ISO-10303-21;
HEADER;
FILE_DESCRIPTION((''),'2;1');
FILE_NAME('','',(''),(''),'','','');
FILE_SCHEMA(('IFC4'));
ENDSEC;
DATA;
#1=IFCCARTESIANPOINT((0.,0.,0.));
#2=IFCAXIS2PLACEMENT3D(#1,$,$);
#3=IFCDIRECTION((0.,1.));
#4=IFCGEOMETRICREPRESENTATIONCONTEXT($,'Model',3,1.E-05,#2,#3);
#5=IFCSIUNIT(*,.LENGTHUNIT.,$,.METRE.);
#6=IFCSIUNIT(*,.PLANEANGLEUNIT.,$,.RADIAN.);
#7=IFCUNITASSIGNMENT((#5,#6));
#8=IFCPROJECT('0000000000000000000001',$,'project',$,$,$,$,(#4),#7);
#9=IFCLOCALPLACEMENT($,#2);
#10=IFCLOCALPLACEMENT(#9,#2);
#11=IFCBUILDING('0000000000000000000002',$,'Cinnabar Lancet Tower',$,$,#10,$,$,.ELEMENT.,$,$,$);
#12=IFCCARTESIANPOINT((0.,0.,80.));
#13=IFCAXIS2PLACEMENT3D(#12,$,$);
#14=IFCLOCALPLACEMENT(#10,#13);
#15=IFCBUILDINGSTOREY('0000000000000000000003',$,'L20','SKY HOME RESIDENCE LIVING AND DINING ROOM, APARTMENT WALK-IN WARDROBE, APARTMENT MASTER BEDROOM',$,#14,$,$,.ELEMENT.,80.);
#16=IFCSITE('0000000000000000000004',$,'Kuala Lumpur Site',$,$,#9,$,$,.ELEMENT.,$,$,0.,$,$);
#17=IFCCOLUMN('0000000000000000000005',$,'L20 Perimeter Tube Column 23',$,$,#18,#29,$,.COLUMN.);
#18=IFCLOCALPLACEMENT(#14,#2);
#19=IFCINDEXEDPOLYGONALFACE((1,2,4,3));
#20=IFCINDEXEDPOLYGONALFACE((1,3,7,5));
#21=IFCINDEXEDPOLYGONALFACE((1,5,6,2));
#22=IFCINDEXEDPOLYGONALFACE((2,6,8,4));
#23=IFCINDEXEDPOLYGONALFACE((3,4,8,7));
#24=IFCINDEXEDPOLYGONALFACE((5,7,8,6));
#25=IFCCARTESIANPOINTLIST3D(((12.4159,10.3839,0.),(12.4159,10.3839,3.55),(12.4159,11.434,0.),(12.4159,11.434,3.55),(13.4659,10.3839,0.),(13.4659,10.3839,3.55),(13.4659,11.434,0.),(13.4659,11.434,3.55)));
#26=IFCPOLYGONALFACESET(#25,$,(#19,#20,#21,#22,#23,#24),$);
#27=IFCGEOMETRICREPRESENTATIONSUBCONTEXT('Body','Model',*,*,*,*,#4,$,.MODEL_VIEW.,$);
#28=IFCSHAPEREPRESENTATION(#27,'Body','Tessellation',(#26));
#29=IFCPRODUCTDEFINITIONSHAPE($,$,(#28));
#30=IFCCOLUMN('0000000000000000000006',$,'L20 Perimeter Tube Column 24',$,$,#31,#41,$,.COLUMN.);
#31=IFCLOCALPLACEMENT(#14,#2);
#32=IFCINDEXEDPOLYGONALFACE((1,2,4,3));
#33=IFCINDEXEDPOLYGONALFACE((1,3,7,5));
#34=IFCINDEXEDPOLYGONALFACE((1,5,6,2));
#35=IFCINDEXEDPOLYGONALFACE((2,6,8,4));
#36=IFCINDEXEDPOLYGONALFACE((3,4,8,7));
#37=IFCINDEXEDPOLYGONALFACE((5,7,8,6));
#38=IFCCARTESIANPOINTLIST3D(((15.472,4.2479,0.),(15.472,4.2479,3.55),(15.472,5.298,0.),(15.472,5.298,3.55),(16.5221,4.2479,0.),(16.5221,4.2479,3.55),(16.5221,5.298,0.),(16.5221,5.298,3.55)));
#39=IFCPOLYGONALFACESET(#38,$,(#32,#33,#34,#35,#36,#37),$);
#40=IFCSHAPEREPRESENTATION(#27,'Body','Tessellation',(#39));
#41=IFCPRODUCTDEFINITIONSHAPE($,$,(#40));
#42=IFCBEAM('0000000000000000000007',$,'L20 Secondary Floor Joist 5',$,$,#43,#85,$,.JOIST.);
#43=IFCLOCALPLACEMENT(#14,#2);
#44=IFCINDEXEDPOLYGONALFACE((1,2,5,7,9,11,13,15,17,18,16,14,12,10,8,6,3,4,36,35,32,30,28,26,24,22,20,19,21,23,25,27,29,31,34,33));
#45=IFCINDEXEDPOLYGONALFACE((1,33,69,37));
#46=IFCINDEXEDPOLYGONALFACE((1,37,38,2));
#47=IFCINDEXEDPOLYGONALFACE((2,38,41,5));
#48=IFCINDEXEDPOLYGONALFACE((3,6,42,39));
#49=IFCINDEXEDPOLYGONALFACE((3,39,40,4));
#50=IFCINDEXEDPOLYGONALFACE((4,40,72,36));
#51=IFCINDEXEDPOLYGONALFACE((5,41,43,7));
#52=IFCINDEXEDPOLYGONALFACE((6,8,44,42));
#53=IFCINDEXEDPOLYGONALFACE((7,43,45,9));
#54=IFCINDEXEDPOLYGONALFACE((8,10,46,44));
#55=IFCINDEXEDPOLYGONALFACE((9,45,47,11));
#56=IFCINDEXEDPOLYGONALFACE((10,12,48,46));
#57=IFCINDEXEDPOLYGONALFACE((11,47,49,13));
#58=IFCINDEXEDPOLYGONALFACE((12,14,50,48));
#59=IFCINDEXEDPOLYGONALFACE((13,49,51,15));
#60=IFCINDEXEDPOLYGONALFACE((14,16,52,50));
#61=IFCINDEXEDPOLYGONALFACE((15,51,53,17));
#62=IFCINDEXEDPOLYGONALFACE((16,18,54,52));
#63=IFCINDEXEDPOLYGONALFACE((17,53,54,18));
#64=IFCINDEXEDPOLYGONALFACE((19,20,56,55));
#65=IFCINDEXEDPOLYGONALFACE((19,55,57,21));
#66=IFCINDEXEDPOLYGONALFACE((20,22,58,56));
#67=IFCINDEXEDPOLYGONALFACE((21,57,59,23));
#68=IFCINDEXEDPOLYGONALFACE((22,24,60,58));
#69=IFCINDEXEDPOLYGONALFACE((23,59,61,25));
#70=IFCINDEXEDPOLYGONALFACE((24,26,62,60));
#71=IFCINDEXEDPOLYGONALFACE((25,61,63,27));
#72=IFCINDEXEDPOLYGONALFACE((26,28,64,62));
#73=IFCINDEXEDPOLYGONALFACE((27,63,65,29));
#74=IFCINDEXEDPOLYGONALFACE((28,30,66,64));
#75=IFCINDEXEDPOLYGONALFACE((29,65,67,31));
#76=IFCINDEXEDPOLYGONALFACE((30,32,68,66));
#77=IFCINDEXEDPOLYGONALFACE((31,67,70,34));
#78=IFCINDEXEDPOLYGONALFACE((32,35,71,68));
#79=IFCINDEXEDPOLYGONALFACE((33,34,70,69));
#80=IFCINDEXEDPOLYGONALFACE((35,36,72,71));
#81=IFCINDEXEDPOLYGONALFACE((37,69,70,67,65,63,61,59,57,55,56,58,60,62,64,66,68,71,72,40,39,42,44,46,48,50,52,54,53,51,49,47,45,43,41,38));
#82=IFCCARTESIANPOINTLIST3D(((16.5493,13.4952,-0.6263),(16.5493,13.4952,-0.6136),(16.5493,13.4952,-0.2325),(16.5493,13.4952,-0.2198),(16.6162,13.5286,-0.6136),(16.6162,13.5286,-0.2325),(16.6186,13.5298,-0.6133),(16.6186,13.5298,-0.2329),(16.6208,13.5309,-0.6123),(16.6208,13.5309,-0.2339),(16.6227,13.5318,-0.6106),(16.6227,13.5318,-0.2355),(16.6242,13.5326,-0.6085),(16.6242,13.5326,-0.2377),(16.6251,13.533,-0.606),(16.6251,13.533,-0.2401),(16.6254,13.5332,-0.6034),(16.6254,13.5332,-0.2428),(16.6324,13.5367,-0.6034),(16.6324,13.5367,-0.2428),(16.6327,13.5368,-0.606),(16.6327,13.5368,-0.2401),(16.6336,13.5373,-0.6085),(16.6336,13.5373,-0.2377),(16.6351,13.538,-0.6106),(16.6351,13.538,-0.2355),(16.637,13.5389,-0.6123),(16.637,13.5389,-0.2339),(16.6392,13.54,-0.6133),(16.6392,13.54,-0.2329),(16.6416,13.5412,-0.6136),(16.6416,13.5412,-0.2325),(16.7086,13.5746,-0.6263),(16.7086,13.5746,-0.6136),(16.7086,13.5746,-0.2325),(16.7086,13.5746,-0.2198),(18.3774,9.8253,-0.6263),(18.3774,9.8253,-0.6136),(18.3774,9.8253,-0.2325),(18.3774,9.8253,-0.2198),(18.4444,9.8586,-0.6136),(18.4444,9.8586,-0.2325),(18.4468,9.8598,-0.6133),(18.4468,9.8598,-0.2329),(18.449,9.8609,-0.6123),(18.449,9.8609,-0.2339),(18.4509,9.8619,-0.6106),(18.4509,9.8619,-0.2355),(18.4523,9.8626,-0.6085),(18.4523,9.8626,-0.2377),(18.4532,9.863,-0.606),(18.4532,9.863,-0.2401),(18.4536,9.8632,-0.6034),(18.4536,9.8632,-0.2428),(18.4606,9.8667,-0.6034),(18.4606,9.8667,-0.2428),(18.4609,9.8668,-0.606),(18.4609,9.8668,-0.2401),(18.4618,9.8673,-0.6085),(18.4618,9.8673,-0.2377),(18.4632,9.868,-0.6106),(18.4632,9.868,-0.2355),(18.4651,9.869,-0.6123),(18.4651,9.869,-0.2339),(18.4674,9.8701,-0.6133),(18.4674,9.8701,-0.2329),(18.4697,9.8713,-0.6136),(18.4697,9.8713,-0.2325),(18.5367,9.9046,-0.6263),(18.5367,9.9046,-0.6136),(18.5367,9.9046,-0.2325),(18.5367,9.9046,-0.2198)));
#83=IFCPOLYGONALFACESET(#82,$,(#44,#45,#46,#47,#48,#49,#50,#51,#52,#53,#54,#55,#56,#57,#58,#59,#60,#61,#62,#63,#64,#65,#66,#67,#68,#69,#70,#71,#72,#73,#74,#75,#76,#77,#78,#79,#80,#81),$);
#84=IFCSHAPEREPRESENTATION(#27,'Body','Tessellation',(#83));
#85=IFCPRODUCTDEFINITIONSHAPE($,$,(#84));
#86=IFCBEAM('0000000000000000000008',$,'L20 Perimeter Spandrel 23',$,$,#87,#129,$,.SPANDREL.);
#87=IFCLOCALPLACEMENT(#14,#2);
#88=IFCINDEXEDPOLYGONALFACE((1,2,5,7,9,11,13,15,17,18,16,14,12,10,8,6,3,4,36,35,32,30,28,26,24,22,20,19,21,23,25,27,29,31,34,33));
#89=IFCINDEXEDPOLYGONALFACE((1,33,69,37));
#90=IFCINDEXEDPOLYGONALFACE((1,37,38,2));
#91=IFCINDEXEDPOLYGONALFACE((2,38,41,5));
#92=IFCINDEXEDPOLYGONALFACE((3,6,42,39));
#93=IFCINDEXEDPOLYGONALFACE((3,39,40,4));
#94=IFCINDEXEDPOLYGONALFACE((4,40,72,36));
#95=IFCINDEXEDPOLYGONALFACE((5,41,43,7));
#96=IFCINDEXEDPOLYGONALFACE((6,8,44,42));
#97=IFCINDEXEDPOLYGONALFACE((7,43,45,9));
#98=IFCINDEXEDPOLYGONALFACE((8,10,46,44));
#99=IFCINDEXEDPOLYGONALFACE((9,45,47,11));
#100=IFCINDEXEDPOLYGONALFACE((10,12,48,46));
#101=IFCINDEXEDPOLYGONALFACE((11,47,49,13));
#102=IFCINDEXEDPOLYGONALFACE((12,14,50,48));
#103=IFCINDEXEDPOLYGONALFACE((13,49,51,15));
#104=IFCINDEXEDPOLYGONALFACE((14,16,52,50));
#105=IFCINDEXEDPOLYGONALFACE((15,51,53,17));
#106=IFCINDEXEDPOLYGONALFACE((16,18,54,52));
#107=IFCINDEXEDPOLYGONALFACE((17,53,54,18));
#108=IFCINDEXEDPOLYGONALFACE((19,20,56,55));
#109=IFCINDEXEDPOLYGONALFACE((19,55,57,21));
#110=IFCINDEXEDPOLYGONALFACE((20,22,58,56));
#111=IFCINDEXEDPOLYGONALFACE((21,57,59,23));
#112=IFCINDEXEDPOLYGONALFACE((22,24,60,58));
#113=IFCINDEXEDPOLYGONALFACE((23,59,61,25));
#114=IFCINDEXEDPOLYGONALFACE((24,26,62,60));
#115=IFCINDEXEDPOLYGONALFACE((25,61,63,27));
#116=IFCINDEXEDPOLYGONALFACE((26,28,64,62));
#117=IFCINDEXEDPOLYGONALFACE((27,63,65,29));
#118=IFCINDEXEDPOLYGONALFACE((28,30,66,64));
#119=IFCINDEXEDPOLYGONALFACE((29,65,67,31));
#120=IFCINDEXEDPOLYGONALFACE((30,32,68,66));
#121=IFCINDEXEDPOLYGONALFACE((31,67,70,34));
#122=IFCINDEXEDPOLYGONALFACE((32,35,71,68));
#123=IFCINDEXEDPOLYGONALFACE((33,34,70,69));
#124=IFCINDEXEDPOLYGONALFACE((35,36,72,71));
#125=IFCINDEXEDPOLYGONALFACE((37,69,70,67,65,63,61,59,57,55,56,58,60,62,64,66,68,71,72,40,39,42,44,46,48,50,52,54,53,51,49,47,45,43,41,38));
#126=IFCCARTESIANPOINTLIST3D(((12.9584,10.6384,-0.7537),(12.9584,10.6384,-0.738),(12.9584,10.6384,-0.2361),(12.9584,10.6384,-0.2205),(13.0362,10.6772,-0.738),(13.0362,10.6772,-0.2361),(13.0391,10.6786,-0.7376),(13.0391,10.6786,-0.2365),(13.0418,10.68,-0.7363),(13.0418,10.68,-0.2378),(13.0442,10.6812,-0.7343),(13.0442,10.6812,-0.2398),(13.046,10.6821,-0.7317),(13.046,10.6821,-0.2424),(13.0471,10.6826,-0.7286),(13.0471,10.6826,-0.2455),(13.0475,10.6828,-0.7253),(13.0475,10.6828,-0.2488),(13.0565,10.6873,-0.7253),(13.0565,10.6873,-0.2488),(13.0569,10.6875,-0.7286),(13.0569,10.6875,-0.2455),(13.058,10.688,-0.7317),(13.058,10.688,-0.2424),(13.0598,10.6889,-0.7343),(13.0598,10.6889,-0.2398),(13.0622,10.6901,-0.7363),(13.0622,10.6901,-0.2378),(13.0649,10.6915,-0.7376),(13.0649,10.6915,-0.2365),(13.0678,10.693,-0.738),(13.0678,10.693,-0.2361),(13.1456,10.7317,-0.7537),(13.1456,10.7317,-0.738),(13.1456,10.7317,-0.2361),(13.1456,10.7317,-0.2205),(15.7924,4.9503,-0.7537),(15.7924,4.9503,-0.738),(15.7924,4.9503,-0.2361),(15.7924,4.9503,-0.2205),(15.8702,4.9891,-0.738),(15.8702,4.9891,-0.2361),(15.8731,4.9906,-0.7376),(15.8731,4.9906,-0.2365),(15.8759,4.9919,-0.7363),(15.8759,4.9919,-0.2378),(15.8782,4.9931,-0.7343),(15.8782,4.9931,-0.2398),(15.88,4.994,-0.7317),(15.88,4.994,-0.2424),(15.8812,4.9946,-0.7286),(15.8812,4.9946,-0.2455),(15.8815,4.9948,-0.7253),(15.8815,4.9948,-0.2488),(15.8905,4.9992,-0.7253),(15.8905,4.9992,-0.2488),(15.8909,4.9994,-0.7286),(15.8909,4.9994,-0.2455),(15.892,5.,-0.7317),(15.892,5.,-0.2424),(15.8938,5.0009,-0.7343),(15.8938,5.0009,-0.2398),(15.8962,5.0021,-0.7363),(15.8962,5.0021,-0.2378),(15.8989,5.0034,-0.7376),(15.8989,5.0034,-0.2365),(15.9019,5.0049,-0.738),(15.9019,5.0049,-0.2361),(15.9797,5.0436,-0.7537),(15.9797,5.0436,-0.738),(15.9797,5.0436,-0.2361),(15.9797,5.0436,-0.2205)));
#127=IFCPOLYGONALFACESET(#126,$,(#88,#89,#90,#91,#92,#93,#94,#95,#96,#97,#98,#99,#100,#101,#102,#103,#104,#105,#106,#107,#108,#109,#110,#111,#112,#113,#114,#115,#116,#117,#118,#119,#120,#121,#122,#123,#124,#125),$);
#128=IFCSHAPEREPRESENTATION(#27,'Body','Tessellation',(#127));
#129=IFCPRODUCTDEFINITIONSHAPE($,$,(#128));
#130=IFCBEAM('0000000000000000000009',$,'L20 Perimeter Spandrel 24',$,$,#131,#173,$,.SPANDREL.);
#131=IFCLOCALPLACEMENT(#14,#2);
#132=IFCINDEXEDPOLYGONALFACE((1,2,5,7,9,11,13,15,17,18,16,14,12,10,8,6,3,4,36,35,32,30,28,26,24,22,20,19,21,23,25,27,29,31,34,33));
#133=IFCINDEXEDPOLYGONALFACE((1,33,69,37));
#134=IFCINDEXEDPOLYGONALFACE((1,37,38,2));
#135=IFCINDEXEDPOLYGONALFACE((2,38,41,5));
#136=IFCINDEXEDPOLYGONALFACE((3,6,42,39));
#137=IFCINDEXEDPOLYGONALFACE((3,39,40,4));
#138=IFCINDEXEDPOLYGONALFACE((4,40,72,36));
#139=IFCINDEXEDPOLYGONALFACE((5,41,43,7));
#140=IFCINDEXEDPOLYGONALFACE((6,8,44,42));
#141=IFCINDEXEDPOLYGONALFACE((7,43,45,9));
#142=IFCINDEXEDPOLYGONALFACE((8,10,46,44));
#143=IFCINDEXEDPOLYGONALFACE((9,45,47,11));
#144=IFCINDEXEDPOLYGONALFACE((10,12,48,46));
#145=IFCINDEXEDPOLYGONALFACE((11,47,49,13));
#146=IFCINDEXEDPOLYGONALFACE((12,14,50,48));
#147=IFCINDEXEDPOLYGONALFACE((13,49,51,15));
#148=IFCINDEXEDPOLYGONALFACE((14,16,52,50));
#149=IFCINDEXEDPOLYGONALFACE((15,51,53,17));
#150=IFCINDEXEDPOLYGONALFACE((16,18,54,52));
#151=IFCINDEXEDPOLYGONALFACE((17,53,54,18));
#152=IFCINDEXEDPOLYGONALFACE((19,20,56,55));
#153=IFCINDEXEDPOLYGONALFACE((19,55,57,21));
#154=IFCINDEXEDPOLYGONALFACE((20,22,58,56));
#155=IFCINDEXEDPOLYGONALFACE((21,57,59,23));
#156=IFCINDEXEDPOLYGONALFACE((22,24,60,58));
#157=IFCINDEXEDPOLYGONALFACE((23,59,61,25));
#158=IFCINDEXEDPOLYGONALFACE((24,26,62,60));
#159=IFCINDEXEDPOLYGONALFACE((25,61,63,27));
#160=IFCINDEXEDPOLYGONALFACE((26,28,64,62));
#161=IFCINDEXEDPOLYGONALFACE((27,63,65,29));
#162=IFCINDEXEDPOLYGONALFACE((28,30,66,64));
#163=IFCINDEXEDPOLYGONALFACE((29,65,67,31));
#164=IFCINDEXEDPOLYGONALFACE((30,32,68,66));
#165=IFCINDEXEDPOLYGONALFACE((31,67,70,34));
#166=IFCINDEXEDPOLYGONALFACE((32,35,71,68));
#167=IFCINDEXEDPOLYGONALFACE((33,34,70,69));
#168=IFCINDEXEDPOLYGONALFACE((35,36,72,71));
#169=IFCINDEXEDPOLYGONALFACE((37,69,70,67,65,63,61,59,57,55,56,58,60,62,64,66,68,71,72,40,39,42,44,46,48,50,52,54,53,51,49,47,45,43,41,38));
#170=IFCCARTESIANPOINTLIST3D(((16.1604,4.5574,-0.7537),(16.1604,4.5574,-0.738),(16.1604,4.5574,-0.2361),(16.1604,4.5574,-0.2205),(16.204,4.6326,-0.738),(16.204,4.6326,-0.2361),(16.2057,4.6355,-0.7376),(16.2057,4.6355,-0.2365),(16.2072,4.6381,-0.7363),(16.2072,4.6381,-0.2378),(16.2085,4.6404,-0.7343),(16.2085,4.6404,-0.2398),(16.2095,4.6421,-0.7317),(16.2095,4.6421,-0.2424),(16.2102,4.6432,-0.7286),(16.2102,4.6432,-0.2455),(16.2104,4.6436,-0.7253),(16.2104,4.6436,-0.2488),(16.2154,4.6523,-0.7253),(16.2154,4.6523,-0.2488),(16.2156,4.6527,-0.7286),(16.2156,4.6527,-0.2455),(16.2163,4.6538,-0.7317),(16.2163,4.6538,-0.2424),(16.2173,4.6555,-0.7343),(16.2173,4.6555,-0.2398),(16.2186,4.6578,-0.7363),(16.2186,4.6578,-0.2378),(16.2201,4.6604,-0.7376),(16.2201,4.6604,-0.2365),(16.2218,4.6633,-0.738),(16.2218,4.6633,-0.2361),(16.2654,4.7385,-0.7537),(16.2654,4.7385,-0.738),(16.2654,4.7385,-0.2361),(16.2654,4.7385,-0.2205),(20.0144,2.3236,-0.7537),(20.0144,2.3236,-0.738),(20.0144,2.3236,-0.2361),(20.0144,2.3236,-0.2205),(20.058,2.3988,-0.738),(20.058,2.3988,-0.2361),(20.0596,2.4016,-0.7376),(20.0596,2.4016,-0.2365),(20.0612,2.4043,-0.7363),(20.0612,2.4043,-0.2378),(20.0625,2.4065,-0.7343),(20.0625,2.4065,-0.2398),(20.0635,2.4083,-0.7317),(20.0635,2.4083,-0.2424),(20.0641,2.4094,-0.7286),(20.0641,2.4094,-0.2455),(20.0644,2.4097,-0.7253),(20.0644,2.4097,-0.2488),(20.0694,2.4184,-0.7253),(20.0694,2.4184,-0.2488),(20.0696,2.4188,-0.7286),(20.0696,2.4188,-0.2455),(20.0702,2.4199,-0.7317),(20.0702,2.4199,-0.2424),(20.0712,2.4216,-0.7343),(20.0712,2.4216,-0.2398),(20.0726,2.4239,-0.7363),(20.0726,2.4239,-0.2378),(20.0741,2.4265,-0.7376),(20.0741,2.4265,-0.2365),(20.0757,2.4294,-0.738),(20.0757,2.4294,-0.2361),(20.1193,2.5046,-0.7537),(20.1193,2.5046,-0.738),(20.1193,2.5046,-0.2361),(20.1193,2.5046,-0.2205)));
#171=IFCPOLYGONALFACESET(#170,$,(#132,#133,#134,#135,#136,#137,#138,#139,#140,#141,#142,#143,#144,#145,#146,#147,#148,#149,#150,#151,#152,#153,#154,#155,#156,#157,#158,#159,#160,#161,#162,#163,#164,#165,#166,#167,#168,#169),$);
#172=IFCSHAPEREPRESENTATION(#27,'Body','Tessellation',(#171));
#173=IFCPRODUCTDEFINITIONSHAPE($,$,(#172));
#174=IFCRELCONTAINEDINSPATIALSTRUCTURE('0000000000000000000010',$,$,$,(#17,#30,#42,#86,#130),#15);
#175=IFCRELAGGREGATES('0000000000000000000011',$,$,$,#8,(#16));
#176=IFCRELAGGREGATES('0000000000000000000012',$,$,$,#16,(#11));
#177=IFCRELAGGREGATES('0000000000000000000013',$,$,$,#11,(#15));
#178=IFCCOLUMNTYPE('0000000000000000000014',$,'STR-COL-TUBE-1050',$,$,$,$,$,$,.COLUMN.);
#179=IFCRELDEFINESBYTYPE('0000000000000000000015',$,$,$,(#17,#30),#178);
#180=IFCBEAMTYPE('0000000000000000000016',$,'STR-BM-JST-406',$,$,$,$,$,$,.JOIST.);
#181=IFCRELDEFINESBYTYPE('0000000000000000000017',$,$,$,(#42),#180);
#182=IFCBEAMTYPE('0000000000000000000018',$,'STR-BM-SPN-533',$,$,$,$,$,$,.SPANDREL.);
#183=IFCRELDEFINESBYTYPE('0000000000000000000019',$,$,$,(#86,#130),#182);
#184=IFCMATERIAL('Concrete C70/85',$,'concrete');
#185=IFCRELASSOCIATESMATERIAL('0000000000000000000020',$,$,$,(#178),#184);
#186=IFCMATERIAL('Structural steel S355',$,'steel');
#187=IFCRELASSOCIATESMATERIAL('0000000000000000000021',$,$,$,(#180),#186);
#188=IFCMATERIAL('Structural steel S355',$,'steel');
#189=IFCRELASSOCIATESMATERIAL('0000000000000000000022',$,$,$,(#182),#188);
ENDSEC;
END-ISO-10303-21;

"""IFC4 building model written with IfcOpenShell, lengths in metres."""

from ifc_helpers import new_model, si_unit, direction, frame, origin, origin_2d, place, context, subcontext, project, spatial, rectangle, i_section, extrude, material, material_profile, profile_set, type_object, element, save


model = new_model("IFC4")

# Units and contexts
model_context = context("Model", 3, precision=1e-05, world=origin(), true_north=direction((0.0, 1.0)))
body_context = subcontext(model_context, "Body", "Model", "MODEL_VIEW")
ifc_project = project(units=[si_unit("LENGTHUNIT", "METRE"), si_unit("PLANEANGLEUNIT", "RADIAN")], contexts=[model_context])

# Site, building, storey
site_placement = place(None, origin())
site = spatial("IfcSite", under=ifc_project, at=site_placement, Name="Kuala Lumpur Site", CompositionType="ELEMENT", RefElevation=0.0)
building_placement = place(site_placement, origin())
building = spatial("IfcBuilding", under=site, at=building_placement, Name="Cinnabar Lancet Tower", CompositionType="ELEMENT")
storey_placement = place(building_placement, frame((0.0, 0.0, 80.0)))
storey = spatial("IfcBuildingStorey", under=building, at=storey_placement, Name="L20", Description="SKY HOME RESIDENCE LIVING AND DINING ROOM, APARTMENT WALK-IN WARDROBE, APARTMENT MASTER BEDROOM", CompositionType="ELEMENT", Elevation=80.0)

# Columns
ifc_material_1 = material(Name="Concrete C70/85", Category="concrete")
ifc_material_profile_1 = material_profile(ifc_material_1, rectangle(XDim=1.05, YDim=1.05, at=origin_2d()), Name="RC-COL 1050x1050")
ifc_profile_set_1 = profile_set([ifc_material_profile_1], Name="Concrete C70/85")
column_type = type_object("IfcColumnType", Name="STR-COL-TUBE-1050", PredefinedType="COLUMN", material=ifc_profile_set_1)
for number, where, z_axis, x_axis, name in (
    (1, (12.9409, 10.9089, 0.0), (0.0, 0.0, 1.0), (1.0, 0.0, 0.0), "L20 Perimeter Tube Column 23"),
    (2, (15.9971, 4.7729, 0.0), (0.0, 0.0, 1.0), (1.0, 0.0, 0.0), "L20 Perimeter Tube Column 24"),
):
    element("IfcColumn", number, at=place(storey_placement, frame(where, z_axis=z_axis, x_axis=x_axis)), inside=storey, type_object=column_type, Name=name, PredefinedType="COLUMN", context=body_context, shape_type="SweptSolid", body=[
        extrude(rectangle(XDim=1.05, YDim=1.05, at=origin_2d()), origin(), (0.0, 0.0, 1.0), 3.55),
    ])

# Beams
ifc_material_2 = material(Name="Structural steel S355", Category="steel")
ifc_material_profile_2 = material_profile(ifc_material_2, i_section(OverallWidth=0.178, OverallDepth=0.4065, WebThickness=0.0078, FlangeThickness=0.0127, FilletRadius=0.0103, at=origin_2d()), Name="UKB 406x178x60")
ifc_profile_set_2 = profile_set([ifc_material_profile_2], Name="Structural steel S355")
beam_type_1 = type_object("IfcBeamType", Name="STR-BM-JST-406", PredefinedType="JOIST", material=ifc_profile_set_2)
beam_1_placement = place(storey_placement, frame((16.6289, 13.5349, -0.4231), z_axis=(0.445879, -0.895093, 0.0), x_axis=(0.895093, 0.445879, 0.0)))
element("IfcBeam", 3, at=beam_1_placement, inside=storey, type_object=beam_type_1, Name="L20 Secondary Floor Joist 5", PredefinedType="JOIST", context=body_context, shape_type="SweptSolid", body=[
    extrude(i_section(OverallWidth=0.178, OverallDepth=0.4065, WebThickness=0.0078, FlangeThickness=0.0127, FilletRadius=0.0103, at=origin_2d()), origin(), (0.0, 0.0, 1.0), 4.1001),
])
ifc_material_3 = material(Name="Structural steel S355", Category="steel")
ifc_material_profile_3 = material_profile(ifc_material_3, i_section(OverallWidth=0.2092, OverallDepth=0.5332, WebThickness=0.01, FlangeThickness=0.0156, FilletRadius=0.0127, at=origin_2d()), Name="UKB 533x210x92")
ifc_profile_set_3 = profile_set([ifc_material_profile_3], Name="Structural steel S355")
beam_type_2 = type_object("IfcBeamType", Name="STR-BM-SPN-533", PredefinedType="SPANDREL", material=ifc_profile_set_3)
beam_2_placement = place(storey_placement, frame((13.052, 10.6851, -0.4871), z_axis=(0.445953, -0.895056, 0.0), x_axis=(0.895056, 0.445953, 0.0)))
element("IfcBeam", 4, at=beam_2_placement, inside=storey, type_object=beam_type_2, Name="L20 Perimeter Spandrel 23", PredefinedType="SPANDREL", context=body_context, shape_type="SweptSolid", body=[
    extrude(i_section(OverallWidth=0.2092, OverallDepth=0.5332, WebThickness=0.01, FlangeThickness=0.0156, FilletRadius=0.0127, at=origin_2d()), origin(), (0.0, 0.0, 1.0), 6.355),
])
beam_3_placement = place(storey_placement, frame((16.2129, 4.6479, -0.4871), z_axis=(0.865171, -0.501477, 0.0), x_axis=(0.501477, 0.865171, 0.0)))
element("IfcBeam", 5, at=beam_3_placement, inside=storey, type_object=beam_type_2, Name="L20 Perimeter Spandrel 24", PredefinedType="SPANDREL", context=body_context, shape_type="SweptSolid", body=[
    extrude(i_section(OverallWidth=0.2092, OverallDepth=0.5332, WebThickness=0.01, FlangeThickness=0.0156, FilletRadius=0.0127, at=origin_2d()), origin(), (0.0, 0.0, 1.0), 4.4546),
])

save(model, "model.ifc")
